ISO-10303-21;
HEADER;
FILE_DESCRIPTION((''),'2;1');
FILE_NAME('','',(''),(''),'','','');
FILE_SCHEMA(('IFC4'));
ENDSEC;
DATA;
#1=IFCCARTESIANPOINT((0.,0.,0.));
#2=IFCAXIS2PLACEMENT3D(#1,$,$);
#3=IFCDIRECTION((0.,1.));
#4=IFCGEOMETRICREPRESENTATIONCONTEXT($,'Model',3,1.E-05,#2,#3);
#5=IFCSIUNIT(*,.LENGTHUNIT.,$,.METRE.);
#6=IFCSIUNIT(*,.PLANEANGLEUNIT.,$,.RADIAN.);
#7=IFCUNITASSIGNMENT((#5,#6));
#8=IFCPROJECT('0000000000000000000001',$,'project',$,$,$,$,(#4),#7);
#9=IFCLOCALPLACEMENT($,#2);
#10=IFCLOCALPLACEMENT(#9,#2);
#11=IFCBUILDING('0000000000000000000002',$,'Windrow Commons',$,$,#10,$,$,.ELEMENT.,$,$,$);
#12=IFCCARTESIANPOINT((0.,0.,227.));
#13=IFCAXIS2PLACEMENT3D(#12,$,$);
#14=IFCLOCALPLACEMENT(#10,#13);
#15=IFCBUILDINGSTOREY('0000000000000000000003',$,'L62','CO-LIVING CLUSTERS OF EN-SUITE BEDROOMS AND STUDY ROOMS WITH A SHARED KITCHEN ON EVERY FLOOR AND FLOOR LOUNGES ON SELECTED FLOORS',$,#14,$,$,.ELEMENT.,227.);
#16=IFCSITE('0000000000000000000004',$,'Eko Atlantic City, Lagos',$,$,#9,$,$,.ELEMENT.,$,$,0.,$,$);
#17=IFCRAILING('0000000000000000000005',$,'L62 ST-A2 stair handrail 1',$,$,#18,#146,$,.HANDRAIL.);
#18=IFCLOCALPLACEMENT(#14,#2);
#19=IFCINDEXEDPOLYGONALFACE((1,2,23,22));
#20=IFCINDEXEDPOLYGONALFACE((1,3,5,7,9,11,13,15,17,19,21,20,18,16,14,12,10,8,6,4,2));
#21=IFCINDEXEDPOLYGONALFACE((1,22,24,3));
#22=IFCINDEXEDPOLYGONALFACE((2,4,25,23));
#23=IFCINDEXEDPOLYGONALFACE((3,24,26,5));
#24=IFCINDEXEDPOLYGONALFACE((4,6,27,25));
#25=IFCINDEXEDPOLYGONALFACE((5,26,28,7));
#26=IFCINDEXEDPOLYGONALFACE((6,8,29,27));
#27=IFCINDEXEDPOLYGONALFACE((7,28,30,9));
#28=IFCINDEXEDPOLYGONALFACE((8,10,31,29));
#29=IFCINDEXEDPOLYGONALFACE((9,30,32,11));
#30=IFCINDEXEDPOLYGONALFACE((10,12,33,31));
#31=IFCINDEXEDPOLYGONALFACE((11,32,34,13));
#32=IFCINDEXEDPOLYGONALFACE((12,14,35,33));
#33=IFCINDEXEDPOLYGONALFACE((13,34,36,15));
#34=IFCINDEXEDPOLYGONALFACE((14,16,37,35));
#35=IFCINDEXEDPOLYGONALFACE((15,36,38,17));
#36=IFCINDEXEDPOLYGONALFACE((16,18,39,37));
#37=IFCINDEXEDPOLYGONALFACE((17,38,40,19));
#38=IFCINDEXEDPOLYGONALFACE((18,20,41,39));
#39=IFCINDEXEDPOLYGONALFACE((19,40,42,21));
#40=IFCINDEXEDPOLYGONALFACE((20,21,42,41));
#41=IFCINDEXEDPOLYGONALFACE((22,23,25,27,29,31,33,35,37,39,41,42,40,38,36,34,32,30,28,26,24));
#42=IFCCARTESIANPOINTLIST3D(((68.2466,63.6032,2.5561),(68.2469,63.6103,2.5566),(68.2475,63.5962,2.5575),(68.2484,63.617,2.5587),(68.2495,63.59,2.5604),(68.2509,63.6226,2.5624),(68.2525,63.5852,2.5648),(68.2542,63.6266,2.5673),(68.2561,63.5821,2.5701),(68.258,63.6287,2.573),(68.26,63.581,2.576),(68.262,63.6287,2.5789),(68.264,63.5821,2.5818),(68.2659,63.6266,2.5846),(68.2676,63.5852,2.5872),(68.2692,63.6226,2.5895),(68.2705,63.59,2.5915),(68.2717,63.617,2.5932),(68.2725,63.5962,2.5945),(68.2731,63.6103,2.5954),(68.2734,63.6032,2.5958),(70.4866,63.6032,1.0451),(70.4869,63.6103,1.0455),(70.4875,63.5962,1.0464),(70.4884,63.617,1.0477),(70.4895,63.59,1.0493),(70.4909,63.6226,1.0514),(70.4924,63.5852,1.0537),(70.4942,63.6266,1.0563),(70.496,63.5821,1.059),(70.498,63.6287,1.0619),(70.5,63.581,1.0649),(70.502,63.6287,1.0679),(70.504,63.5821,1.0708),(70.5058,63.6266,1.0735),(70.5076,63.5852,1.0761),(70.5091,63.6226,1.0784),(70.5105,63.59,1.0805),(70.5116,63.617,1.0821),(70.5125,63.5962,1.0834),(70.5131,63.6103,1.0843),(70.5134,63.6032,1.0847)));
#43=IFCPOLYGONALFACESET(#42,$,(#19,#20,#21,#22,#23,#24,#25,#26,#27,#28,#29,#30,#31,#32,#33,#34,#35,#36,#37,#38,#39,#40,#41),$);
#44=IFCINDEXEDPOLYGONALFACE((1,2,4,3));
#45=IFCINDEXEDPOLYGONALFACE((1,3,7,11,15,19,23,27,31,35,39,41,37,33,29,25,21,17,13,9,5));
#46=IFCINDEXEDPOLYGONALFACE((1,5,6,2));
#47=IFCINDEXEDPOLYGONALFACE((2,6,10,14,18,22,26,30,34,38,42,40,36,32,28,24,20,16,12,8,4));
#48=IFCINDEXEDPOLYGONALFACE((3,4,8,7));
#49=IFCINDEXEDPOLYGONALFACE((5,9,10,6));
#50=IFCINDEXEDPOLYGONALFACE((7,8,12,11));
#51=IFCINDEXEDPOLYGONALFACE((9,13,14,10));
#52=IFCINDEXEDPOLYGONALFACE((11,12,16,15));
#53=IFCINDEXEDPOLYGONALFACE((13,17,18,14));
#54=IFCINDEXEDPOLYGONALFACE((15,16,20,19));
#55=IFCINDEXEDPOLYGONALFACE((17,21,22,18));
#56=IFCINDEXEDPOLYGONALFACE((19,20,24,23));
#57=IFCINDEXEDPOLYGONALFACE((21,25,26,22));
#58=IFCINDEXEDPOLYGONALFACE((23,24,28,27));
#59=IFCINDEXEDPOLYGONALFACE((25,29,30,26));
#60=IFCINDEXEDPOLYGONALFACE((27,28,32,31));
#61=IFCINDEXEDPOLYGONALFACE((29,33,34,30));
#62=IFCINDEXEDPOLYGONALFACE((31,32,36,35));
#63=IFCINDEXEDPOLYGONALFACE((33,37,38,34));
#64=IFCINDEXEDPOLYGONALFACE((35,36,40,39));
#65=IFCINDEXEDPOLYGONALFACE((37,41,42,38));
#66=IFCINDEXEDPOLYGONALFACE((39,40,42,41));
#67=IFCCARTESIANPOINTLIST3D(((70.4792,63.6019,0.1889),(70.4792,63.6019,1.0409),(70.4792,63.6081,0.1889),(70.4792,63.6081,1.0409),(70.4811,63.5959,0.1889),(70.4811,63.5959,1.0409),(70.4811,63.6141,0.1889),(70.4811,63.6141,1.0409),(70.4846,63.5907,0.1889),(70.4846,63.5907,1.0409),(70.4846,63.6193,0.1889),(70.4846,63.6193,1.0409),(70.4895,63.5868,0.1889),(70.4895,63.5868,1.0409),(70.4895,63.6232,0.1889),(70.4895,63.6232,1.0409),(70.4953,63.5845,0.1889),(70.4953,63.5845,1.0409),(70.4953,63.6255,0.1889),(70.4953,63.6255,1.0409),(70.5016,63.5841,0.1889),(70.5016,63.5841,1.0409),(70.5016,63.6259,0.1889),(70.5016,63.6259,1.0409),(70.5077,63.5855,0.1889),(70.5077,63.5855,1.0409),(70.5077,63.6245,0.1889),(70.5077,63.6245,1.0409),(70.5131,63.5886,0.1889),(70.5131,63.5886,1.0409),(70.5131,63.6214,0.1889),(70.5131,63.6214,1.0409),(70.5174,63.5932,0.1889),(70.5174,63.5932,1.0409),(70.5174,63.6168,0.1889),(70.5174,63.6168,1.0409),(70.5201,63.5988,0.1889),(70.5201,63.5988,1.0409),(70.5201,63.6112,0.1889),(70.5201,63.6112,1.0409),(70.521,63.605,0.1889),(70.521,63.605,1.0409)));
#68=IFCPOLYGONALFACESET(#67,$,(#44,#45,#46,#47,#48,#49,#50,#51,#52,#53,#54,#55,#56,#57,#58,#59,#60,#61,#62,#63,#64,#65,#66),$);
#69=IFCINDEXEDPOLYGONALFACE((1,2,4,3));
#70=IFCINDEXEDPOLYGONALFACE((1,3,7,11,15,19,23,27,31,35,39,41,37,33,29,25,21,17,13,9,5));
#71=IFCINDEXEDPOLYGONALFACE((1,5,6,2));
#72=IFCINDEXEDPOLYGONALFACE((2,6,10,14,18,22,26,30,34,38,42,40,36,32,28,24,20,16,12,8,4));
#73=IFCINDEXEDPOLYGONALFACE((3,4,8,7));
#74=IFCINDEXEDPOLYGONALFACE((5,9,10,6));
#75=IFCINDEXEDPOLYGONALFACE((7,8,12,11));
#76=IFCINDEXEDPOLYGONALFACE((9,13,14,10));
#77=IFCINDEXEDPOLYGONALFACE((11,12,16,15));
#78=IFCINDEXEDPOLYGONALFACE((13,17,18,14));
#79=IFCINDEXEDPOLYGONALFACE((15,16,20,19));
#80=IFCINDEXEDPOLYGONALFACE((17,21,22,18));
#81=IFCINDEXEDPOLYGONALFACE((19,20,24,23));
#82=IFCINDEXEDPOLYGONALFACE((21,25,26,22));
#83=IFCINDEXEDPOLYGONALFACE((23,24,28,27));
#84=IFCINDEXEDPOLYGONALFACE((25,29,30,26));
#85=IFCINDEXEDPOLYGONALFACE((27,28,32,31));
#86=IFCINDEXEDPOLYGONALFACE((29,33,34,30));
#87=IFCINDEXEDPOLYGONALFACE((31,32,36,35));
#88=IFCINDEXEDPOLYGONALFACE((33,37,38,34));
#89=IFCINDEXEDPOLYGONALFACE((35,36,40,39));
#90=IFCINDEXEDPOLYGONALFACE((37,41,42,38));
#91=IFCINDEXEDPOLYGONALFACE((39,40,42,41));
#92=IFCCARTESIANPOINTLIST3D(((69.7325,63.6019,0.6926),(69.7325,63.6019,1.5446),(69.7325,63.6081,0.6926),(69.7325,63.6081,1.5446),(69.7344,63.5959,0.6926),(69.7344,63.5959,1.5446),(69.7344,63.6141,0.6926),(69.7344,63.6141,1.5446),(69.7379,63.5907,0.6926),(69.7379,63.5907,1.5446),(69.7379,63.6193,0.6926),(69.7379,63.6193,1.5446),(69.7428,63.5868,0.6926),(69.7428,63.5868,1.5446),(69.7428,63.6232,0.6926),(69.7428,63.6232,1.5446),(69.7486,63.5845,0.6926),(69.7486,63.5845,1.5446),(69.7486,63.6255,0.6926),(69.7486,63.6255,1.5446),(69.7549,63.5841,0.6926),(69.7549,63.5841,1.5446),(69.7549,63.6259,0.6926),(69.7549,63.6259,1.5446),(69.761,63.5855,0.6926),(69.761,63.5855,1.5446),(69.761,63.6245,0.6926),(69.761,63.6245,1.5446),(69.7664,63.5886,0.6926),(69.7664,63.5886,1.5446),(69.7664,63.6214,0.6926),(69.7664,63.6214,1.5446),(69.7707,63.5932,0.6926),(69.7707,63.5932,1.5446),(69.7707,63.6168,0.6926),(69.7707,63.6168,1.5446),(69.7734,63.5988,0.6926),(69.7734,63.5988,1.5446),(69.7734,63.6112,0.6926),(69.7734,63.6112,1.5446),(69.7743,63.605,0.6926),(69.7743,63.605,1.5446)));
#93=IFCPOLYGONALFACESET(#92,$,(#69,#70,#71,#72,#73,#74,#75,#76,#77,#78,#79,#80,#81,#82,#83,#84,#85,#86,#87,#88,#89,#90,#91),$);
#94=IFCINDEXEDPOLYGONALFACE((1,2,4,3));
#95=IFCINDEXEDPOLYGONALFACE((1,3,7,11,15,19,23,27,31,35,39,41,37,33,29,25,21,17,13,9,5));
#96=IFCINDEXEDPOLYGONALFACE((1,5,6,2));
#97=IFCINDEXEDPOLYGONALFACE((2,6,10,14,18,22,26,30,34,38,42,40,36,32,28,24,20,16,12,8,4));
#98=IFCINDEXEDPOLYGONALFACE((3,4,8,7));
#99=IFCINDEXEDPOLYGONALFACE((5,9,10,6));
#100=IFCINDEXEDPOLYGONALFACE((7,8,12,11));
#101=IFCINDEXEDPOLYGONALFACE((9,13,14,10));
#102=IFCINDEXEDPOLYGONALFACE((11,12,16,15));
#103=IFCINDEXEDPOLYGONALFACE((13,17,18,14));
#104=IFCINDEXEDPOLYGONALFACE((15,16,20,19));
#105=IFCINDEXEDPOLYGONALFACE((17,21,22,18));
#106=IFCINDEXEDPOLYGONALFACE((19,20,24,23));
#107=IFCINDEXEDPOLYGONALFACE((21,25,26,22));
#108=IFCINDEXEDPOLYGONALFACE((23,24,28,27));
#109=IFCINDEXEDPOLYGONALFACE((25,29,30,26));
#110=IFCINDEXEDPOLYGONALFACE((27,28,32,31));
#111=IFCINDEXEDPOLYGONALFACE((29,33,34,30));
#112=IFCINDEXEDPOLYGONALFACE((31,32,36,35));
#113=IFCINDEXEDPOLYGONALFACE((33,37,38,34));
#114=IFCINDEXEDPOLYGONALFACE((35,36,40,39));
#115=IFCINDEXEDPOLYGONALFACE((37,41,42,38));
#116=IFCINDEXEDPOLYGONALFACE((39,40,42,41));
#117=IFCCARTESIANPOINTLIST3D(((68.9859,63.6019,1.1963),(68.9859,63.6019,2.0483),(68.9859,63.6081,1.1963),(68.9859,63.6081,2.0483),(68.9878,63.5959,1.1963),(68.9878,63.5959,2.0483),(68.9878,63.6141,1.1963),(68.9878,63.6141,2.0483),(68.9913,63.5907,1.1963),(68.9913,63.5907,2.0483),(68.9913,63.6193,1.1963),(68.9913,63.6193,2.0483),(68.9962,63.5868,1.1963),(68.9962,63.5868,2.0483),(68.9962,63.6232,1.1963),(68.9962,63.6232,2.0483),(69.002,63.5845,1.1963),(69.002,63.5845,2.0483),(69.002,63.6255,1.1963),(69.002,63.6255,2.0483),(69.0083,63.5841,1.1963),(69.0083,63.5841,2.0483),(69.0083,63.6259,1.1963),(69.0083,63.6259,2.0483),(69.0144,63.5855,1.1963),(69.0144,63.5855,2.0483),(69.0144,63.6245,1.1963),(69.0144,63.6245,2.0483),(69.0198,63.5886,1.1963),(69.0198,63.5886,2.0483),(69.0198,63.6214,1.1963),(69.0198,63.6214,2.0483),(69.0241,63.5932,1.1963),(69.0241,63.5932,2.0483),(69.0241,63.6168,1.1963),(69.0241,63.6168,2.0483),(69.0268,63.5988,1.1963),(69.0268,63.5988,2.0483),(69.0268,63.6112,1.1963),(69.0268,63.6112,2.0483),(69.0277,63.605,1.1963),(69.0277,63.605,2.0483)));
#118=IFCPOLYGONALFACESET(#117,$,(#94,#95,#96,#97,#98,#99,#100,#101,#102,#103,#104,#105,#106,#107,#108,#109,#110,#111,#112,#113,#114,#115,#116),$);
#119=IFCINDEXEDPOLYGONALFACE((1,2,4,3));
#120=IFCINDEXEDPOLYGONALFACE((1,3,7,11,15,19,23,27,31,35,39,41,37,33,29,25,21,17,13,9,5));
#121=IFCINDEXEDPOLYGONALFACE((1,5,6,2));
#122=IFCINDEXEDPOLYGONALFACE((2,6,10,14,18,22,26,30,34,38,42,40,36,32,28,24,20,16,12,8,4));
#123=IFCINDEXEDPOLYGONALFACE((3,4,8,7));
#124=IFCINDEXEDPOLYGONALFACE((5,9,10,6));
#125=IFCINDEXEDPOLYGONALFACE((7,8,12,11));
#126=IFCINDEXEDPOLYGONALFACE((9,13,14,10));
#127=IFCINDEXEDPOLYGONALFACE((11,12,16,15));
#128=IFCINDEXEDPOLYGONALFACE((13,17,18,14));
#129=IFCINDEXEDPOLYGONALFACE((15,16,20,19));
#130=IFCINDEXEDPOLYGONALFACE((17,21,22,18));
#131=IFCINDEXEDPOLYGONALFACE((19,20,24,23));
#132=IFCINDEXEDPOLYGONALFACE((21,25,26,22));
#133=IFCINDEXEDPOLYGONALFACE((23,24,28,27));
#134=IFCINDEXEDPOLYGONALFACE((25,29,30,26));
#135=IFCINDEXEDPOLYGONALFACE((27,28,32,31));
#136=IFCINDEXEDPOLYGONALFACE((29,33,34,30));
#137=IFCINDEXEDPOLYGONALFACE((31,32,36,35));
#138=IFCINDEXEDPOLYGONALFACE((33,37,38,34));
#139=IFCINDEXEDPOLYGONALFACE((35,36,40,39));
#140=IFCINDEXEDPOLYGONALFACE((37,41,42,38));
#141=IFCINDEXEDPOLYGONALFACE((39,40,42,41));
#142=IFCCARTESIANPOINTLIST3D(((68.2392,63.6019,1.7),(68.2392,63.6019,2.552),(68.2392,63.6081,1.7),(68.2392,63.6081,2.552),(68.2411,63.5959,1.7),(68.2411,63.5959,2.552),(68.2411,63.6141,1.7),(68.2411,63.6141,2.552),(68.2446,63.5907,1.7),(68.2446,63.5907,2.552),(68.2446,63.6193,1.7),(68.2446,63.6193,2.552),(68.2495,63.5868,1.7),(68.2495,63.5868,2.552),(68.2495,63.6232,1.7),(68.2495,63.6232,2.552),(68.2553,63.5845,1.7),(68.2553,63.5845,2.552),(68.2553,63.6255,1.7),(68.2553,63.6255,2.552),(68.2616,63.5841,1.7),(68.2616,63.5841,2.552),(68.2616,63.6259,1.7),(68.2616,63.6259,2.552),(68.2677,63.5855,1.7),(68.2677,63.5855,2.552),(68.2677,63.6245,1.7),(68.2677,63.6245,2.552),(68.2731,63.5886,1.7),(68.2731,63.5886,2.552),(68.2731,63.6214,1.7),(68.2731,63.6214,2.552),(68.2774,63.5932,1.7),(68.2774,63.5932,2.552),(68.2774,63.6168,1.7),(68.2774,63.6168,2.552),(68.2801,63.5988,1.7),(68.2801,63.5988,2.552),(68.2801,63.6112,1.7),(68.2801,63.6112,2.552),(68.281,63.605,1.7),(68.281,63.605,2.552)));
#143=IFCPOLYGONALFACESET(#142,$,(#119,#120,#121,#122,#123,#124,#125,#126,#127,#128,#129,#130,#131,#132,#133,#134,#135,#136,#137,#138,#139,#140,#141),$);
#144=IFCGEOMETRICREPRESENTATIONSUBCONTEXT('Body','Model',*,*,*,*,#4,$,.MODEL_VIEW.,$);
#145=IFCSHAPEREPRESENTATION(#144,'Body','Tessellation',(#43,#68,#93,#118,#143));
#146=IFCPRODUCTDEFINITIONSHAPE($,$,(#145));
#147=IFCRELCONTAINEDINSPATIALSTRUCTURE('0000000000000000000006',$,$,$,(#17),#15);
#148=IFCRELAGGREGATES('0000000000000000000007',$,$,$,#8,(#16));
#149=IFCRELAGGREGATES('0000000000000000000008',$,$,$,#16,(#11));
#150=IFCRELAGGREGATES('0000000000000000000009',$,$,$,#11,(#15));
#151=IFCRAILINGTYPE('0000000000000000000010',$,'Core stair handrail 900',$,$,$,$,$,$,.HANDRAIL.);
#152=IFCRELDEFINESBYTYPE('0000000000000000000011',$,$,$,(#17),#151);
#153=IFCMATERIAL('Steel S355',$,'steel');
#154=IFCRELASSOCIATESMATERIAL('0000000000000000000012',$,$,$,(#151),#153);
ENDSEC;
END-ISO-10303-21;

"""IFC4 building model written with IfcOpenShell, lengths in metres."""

from ifc_helpers import new_model, si_unit, direction, frame, origin, origin_2d, place, context, subcontext, project, spatial, circle, extrude, material, type_object, element, save


model = new_model("IFC4")

# Units and contexts
model_context = context("Model", 3, precision=1e-05, world=origin(), true_north=direction((0.0, 1.0)))
body_context = subcontext(model_context, "Body", "Model", "MODEL_VIEW")
ifc_project = project(units=[si_unit("LENGTHUNIT", "METRE"), si_unit("PLANEANGLEUNIT", "RADIAN")], contexts=[model_context])

# Site, building, storey
site_placement = place(None, origin())
site = spatial("IfcSite", under=ifc_project, at=site_placement, Name="Eko Atlantic City, Lagos", CompositionType="ELEMENT", RefElevation=0.0)
building_placement = place(site_placement, origin())
building = spatial("IfcBuilding", under=site, at=building_placement, Name="Windrow Commons", CompositionType="ELEMENT")
storey_placement = place(building_placement, frame((0.0, 0.0, 227.0)))
storey = spatial("IfcBuildingStorey", under=building, at=storey_placement, Name="L62", Description="CO-LIVING CLUSTERS OF EN-SUITE BEDROOMS AND STUDY ROOMS WITH A SHARED KITCHEN ON EVERY FLOOR AND FLOOR LOUNGES ON SELECTED FLOORS", CompositionType="ELEMENT", Elevation=227.0)

# Railing
ifc_material_1 = material(Name="Steel S355", Category="steel")
railing_type_1 = type_object("IfcRailingType", Name="Core stair handrail 900", PredefinedType="HANDRAIL", material=ifc_material_1)
railing_1_placement = place(storey_placement, frame((70.5, 63.605, 0.1889)))
element("IfcRailing", 1, at=railing_1_placement, inside=storey, type_object=railing_type_1, Name="L62 ST-A2 stair handrail 1", PredefinedType="HANDRAIL", context=body_context, shape_type="SweptSolid", body=[
    extrude(circle(Radius=0.024, at=origin_2d()), frame((0.0, 0.0, 0.876), z_axis=(-0.829003, 0.0, 0.559244), x_axis=(0.0, -1.0, 0.0)), (0.0, 0.0, 1.0), 2.702),
    extrude(circle(Radius=0.021, at=origin_2d()), origin(), (0.0, 0.0, 1.0), 0.852),
    extrude(circle(Radius=0.021, at=origin_2d()), frame((-0.7467, 0.0, 0.5037)), (0.0, 0.0, 1.0), 0.852),
    extrude(circle(Radius=0.021, at=origin_2d()), frame((-1.4933, 0.0, 1.0074)), (0.0, 0.0, 1.0), 0.852),
    extrude(circle(Radius=0.021, at=origin_2d()), frame((-2.24, 0.0, 1.5111)), (0.0, 0.0, 1.0), 0.852),
])

save(model, "model.ifc")
